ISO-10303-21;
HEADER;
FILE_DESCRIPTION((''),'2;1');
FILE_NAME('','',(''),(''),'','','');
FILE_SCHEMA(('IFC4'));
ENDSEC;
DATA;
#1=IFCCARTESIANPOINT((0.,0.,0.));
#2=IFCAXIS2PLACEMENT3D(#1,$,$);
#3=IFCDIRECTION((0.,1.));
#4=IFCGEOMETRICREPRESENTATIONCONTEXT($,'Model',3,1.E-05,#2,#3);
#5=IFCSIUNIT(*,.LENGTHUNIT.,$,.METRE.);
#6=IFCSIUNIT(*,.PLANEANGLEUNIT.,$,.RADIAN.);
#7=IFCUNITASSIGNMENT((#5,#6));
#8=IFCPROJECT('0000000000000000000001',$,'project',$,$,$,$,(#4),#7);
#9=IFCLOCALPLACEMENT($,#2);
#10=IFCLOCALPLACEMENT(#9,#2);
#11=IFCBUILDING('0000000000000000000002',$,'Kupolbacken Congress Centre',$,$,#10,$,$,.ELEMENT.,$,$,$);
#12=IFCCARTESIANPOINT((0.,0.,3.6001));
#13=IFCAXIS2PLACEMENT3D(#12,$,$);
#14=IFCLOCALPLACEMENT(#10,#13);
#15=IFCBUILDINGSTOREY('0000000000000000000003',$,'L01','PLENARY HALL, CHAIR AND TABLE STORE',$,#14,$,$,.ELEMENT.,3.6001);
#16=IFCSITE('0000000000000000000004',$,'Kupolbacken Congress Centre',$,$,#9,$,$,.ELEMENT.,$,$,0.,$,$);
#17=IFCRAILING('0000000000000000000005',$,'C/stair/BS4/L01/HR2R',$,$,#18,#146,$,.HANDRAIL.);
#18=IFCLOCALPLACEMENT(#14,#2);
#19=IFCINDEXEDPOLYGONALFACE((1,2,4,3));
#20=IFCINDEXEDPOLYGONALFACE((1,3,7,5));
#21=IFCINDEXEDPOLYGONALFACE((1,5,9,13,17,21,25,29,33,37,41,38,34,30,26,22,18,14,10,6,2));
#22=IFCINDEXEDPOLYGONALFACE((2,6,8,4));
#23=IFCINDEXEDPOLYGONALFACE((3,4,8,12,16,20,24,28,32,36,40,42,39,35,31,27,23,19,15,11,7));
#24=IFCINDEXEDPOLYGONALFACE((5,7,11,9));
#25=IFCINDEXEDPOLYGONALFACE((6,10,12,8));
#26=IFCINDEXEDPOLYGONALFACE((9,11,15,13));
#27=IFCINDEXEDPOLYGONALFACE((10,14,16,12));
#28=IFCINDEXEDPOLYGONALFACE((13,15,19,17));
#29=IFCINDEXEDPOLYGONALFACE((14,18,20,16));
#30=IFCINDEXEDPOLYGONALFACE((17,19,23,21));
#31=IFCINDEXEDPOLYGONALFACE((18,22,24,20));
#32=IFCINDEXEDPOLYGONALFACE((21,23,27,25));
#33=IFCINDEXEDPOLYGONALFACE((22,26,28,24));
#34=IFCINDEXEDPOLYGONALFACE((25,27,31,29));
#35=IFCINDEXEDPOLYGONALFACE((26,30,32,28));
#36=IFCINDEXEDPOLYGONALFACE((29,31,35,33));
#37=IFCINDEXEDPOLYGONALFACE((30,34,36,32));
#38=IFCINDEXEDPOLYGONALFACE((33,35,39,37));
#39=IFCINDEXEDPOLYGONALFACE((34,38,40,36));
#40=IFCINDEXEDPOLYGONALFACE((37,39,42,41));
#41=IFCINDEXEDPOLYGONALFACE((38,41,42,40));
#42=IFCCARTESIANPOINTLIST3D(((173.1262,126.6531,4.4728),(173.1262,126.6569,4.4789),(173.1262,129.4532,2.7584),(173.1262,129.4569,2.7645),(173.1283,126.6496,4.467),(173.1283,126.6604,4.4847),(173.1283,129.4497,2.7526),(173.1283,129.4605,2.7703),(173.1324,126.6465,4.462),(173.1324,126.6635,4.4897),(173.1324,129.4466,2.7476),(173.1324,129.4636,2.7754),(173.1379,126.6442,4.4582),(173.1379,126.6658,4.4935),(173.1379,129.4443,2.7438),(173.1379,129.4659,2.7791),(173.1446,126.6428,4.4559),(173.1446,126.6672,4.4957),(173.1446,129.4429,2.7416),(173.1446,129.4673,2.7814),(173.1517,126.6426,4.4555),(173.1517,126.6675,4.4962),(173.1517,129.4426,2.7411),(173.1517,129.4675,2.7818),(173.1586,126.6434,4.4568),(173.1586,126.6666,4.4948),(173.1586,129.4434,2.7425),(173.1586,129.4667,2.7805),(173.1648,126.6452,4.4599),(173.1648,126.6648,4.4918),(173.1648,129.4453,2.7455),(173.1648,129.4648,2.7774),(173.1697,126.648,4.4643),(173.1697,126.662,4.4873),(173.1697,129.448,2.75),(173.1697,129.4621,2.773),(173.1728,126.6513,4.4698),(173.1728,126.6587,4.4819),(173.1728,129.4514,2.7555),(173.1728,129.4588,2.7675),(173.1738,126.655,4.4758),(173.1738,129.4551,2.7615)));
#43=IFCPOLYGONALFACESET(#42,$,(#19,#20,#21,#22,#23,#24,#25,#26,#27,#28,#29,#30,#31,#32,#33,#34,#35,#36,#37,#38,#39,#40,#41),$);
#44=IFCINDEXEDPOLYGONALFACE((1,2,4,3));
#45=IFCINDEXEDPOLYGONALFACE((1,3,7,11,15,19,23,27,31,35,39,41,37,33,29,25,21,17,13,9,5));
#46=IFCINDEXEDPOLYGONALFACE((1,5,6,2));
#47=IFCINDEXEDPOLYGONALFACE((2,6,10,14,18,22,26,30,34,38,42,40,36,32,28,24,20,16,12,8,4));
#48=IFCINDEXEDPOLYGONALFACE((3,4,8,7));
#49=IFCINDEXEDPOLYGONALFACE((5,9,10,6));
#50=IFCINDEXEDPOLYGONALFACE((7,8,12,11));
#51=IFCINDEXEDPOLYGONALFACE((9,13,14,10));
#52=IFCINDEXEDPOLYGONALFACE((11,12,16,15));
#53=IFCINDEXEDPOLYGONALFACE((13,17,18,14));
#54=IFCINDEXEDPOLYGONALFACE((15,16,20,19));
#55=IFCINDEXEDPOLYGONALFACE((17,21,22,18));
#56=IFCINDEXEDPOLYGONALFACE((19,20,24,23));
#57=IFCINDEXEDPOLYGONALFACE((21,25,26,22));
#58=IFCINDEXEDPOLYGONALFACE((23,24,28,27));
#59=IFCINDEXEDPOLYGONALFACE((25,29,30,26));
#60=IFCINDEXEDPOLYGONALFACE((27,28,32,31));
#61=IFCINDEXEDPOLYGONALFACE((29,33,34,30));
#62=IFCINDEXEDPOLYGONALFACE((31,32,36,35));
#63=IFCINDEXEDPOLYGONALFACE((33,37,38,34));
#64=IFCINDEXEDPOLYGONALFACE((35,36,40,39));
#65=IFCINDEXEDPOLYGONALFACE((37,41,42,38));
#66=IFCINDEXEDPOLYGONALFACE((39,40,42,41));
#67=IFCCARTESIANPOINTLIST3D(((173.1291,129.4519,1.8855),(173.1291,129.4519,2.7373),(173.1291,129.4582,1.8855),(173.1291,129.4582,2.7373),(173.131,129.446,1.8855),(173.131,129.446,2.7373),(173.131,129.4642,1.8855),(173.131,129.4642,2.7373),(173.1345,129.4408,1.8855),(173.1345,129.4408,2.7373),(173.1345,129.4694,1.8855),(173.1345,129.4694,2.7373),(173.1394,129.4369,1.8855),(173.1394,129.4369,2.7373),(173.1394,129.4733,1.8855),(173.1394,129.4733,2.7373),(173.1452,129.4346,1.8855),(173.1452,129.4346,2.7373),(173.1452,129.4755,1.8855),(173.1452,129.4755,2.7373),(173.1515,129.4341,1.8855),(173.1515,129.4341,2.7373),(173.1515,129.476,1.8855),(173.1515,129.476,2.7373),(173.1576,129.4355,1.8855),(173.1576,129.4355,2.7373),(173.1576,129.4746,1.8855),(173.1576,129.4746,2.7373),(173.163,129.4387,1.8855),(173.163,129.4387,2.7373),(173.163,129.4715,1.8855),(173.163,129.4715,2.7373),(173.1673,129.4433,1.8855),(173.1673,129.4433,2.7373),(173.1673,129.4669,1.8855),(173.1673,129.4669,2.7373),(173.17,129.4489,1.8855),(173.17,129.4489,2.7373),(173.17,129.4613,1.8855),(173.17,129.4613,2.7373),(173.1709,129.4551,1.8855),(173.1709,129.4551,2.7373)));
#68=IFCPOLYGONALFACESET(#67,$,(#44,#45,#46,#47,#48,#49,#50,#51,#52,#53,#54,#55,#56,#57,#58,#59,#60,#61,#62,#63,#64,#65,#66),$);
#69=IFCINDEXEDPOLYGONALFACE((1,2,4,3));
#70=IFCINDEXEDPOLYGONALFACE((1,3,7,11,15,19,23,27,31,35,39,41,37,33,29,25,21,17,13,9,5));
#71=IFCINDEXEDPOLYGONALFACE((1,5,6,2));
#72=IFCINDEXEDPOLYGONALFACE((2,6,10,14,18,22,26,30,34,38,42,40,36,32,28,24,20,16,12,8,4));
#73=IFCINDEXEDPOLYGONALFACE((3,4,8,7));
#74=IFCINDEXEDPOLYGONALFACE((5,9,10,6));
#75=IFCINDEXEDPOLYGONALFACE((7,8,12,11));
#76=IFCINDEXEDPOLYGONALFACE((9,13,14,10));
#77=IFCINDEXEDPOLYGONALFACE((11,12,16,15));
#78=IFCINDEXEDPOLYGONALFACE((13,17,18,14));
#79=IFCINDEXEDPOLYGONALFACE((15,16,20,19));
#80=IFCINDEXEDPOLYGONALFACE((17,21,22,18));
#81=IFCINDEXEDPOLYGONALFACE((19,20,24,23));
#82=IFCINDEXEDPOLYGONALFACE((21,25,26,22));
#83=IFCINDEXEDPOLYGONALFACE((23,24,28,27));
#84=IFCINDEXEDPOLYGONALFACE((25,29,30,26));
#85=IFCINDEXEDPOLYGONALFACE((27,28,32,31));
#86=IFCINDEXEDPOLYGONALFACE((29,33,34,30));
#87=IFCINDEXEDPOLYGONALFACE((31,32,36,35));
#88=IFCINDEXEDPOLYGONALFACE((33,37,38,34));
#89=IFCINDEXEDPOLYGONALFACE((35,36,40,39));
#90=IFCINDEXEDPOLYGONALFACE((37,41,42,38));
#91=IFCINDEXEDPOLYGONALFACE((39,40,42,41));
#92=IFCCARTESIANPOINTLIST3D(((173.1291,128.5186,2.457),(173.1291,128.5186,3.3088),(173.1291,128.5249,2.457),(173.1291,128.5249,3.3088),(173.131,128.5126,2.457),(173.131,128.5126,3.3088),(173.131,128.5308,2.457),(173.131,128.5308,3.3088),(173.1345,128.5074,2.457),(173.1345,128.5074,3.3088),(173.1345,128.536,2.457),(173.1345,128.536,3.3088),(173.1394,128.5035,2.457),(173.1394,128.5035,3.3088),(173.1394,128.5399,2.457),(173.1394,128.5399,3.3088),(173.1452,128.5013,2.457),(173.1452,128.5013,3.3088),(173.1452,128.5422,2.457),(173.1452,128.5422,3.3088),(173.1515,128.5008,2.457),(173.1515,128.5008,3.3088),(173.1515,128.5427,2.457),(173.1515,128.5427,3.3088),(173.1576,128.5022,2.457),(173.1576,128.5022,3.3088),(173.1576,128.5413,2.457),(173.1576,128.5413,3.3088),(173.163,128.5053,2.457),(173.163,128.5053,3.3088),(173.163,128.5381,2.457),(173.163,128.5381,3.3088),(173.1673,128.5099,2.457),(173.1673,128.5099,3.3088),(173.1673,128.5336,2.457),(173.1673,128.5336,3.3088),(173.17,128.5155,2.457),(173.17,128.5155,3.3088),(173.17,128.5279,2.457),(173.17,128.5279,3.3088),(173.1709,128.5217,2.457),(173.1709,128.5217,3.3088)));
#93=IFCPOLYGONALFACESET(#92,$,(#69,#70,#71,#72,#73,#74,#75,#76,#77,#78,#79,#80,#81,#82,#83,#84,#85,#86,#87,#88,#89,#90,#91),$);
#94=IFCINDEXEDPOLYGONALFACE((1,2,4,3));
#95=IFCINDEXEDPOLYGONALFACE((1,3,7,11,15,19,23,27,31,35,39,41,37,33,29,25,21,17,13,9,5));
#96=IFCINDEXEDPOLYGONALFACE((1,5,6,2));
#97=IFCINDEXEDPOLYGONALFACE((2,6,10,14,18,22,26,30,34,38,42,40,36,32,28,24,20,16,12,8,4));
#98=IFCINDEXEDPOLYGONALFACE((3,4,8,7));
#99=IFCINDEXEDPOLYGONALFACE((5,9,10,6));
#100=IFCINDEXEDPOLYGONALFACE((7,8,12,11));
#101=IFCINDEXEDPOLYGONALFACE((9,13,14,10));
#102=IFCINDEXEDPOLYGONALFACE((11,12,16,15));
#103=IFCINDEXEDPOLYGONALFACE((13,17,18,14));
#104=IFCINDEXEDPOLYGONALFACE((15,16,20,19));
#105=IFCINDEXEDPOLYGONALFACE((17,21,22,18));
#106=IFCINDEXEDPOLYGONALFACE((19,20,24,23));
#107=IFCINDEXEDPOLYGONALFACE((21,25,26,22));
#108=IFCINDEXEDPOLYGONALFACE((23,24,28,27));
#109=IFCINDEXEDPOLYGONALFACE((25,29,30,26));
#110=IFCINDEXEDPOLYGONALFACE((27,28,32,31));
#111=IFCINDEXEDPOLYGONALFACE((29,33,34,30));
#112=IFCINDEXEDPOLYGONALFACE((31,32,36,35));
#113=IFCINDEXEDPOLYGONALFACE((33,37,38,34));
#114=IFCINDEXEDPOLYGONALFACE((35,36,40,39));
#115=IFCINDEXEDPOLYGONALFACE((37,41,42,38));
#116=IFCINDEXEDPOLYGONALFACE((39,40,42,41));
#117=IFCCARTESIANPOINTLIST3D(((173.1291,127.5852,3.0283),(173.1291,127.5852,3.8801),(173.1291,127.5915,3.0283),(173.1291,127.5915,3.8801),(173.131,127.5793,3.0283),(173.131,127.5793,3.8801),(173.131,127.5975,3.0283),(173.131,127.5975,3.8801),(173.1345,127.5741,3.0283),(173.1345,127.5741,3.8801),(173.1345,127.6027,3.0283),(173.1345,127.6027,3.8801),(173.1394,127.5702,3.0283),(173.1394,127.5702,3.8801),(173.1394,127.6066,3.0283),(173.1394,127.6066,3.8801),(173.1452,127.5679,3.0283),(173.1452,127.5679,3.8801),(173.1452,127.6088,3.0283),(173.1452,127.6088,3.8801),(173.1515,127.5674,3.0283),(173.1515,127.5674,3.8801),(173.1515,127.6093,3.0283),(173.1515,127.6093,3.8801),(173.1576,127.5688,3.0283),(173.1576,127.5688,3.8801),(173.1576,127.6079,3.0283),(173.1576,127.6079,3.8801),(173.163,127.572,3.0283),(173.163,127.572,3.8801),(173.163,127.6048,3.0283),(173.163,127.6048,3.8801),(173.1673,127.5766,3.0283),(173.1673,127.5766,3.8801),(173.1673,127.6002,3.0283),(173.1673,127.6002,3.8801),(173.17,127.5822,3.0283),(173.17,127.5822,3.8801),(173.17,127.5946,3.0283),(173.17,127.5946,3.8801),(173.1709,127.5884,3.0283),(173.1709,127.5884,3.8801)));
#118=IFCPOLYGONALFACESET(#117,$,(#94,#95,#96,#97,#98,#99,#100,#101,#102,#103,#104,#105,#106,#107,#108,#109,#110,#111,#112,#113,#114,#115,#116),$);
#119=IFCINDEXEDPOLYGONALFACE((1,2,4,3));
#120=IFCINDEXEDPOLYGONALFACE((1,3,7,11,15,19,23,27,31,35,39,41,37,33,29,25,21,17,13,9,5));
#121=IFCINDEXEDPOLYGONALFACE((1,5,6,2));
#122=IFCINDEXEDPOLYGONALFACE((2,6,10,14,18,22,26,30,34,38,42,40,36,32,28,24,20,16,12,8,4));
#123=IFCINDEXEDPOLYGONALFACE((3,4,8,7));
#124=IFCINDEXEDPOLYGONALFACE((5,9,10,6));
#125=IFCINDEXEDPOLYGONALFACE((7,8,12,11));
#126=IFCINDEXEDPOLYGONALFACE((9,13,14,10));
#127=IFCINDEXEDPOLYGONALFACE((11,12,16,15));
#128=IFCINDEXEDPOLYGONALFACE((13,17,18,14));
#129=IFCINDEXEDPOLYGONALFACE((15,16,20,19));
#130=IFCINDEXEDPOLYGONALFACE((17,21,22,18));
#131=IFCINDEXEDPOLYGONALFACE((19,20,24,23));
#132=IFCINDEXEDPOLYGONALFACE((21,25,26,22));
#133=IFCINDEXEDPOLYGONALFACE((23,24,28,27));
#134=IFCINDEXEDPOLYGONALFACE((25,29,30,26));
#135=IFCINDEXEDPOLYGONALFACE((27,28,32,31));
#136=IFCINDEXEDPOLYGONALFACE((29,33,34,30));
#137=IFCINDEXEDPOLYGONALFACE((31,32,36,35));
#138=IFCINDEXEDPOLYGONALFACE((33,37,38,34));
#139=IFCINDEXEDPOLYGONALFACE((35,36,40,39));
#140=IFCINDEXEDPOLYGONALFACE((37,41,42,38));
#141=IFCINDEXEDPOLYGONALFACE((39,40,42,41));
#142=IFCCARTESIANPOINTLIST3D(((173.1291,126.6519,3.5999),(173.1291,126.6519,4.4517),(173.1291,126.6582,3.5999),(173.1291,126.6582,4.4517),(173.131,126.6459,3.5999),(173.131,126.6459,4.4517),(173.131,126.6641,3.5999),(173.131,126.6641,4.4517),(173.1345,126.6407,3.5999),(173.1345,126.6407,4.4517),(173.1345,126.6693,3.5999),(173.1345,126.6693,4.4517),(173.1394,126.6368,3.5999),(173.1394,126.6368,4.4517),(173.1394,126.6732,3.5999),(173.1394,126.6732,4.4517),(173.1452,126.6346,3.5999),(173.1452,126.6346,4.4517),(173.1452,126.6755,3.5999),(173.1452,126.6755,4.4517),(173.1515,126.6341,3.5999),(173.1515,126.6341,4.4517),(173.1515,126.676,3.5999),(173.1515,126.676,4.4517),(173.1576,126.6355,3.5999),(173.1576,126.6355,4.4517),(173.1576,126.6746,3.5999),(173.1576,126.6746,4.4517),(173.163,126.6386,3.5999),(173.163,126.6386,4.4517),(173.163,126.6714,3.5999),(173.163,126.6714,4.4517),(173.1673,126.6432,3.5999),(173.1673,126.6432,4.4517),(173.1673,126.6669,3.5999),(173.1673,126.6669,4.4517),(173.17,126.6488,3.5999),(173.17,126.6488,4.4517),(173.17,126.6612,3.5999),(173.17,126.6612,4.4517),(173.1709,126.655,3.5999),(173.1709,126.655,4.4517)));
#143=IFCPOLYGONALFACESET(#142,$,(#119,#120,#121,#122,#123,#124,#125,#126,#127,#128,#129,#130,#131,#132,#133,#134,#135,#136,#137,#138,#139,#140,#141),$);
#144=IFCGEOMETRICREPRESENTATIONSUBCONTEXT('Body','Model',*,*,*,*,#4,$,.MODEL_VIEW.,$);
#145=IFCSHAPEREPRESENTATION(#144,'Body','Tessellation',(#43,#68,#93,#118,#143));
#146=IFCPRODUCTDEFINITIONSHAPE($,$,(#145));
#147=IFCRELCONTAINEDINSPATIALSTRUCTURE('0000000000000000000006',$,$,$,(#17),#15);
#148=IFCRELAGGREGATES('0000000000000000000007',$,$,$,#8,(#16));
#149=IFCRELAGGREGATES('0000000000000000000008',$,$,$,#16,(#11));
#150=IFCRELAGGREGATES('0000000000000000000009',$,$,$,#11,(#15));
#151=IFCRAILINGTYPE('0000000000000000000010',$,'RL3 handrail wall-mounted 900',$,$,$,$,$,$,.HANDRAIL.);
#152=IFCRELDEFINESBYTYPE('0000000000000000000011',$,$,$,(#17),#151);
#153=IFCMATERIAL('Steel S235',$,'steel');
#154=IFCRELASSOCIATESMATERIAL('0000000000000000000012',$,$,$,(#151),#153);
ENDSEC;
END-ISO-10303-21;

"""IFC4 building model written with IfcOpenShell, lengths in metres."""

from ifc_helpers import new_model, si_unit, direction, frame, origin, origin_2d, place, context, subcontext, project, spatial, circle, extrude, material, type_object, element, save


model = new_model("IFC4")

# Units and contexts
model_context = context("Model", 3, precision=1e-05, world=origin(), true_north=direction((0.0, 1.0)))
body_context = subcontext(model_context, "Body", "Model", "MODEL_VIEW")
ifc_project = project(units=[si_unit("LENGTHUNIT", "METRE"), si_unit("PLANEANGLEUNIT", "RADIAN")], contexts=[model_context])

# Site, building, storey
site_placement = place(None, origin())
site = spatial("IfcSite", under=ifc_project, at=site_placement, Name="Kupolbacken Congress Centre", CompositionType="ELEMENT", RefElevation=0.0)
building_placement = place(site_placement, origin())
building = spatial("IfcBuilding", under=site, at=building_placement, Name="Kupolbacken Congress Centre", CompositionType="ELEMENT")
storey_placement = place(building_placement, frame((0.0, 0.0, 3.6001)))
storey = spatial("IfcBuildingStorey", under=building, at=storey_placement, Name="L01", Description="PLENARY HALL, CHAIR AND TABLE STORE", CompositionType="ELEMENT", Elevation=3.6001)

# Railing
ifc_material_1 = material(Name="Steel S235", Category="steel")
railing_type = type_object("IfcRailingType", Name="RL3 handrail wall-mounted 900", PredefinedType="HANDRAIL", material=ifc_material_1)
for number, where, name in (
    (1, (173.1499, 129.4551, 1.8855), "C/stair/BS4/L01/HR2R"),
):
    element("IfcRailing", number, at=place(storey_placement, frame(where)), inside=storey, type_object=railing_type, Name=name, PredefinedType="HANDRAIL", context=body_context, shape_type="SweptSolid", body=[
        extrude(circle(Radius=0.0239, at=origin_2d()), frame((0.0, 0.0, 0.876), z_axis=(0.0, -0.852846, 0.522163), x_axis=(1.0, 0.0, 0.0)), (0.0, 0.0, 1.0), 3.2832),
        extrude(circle(Radius=0.021, at=origin_2d()), origin(), (0.0, 0.0, 1.0), 0.8518),
        extrude(circle(Radius=0.021, at=origin_2d()), frame((0.0, -0.9333, 0.5715)), (0.0, 0.0, 1.0), 0.8518),
        extrude(circle(Radius=0.021, at=origin_2d()), frame((0.0, -1.8667, 1.1428)), (0.0, 0.0, 1.0), 0.8518),
        extrude(circle(Radius=0.021, at=origin_2d()), frame((0.0, -2.8, 1.7144)), (0.0, 0.0, 1.0), 0.8518),
    ])

save(model, "model.ifc")
